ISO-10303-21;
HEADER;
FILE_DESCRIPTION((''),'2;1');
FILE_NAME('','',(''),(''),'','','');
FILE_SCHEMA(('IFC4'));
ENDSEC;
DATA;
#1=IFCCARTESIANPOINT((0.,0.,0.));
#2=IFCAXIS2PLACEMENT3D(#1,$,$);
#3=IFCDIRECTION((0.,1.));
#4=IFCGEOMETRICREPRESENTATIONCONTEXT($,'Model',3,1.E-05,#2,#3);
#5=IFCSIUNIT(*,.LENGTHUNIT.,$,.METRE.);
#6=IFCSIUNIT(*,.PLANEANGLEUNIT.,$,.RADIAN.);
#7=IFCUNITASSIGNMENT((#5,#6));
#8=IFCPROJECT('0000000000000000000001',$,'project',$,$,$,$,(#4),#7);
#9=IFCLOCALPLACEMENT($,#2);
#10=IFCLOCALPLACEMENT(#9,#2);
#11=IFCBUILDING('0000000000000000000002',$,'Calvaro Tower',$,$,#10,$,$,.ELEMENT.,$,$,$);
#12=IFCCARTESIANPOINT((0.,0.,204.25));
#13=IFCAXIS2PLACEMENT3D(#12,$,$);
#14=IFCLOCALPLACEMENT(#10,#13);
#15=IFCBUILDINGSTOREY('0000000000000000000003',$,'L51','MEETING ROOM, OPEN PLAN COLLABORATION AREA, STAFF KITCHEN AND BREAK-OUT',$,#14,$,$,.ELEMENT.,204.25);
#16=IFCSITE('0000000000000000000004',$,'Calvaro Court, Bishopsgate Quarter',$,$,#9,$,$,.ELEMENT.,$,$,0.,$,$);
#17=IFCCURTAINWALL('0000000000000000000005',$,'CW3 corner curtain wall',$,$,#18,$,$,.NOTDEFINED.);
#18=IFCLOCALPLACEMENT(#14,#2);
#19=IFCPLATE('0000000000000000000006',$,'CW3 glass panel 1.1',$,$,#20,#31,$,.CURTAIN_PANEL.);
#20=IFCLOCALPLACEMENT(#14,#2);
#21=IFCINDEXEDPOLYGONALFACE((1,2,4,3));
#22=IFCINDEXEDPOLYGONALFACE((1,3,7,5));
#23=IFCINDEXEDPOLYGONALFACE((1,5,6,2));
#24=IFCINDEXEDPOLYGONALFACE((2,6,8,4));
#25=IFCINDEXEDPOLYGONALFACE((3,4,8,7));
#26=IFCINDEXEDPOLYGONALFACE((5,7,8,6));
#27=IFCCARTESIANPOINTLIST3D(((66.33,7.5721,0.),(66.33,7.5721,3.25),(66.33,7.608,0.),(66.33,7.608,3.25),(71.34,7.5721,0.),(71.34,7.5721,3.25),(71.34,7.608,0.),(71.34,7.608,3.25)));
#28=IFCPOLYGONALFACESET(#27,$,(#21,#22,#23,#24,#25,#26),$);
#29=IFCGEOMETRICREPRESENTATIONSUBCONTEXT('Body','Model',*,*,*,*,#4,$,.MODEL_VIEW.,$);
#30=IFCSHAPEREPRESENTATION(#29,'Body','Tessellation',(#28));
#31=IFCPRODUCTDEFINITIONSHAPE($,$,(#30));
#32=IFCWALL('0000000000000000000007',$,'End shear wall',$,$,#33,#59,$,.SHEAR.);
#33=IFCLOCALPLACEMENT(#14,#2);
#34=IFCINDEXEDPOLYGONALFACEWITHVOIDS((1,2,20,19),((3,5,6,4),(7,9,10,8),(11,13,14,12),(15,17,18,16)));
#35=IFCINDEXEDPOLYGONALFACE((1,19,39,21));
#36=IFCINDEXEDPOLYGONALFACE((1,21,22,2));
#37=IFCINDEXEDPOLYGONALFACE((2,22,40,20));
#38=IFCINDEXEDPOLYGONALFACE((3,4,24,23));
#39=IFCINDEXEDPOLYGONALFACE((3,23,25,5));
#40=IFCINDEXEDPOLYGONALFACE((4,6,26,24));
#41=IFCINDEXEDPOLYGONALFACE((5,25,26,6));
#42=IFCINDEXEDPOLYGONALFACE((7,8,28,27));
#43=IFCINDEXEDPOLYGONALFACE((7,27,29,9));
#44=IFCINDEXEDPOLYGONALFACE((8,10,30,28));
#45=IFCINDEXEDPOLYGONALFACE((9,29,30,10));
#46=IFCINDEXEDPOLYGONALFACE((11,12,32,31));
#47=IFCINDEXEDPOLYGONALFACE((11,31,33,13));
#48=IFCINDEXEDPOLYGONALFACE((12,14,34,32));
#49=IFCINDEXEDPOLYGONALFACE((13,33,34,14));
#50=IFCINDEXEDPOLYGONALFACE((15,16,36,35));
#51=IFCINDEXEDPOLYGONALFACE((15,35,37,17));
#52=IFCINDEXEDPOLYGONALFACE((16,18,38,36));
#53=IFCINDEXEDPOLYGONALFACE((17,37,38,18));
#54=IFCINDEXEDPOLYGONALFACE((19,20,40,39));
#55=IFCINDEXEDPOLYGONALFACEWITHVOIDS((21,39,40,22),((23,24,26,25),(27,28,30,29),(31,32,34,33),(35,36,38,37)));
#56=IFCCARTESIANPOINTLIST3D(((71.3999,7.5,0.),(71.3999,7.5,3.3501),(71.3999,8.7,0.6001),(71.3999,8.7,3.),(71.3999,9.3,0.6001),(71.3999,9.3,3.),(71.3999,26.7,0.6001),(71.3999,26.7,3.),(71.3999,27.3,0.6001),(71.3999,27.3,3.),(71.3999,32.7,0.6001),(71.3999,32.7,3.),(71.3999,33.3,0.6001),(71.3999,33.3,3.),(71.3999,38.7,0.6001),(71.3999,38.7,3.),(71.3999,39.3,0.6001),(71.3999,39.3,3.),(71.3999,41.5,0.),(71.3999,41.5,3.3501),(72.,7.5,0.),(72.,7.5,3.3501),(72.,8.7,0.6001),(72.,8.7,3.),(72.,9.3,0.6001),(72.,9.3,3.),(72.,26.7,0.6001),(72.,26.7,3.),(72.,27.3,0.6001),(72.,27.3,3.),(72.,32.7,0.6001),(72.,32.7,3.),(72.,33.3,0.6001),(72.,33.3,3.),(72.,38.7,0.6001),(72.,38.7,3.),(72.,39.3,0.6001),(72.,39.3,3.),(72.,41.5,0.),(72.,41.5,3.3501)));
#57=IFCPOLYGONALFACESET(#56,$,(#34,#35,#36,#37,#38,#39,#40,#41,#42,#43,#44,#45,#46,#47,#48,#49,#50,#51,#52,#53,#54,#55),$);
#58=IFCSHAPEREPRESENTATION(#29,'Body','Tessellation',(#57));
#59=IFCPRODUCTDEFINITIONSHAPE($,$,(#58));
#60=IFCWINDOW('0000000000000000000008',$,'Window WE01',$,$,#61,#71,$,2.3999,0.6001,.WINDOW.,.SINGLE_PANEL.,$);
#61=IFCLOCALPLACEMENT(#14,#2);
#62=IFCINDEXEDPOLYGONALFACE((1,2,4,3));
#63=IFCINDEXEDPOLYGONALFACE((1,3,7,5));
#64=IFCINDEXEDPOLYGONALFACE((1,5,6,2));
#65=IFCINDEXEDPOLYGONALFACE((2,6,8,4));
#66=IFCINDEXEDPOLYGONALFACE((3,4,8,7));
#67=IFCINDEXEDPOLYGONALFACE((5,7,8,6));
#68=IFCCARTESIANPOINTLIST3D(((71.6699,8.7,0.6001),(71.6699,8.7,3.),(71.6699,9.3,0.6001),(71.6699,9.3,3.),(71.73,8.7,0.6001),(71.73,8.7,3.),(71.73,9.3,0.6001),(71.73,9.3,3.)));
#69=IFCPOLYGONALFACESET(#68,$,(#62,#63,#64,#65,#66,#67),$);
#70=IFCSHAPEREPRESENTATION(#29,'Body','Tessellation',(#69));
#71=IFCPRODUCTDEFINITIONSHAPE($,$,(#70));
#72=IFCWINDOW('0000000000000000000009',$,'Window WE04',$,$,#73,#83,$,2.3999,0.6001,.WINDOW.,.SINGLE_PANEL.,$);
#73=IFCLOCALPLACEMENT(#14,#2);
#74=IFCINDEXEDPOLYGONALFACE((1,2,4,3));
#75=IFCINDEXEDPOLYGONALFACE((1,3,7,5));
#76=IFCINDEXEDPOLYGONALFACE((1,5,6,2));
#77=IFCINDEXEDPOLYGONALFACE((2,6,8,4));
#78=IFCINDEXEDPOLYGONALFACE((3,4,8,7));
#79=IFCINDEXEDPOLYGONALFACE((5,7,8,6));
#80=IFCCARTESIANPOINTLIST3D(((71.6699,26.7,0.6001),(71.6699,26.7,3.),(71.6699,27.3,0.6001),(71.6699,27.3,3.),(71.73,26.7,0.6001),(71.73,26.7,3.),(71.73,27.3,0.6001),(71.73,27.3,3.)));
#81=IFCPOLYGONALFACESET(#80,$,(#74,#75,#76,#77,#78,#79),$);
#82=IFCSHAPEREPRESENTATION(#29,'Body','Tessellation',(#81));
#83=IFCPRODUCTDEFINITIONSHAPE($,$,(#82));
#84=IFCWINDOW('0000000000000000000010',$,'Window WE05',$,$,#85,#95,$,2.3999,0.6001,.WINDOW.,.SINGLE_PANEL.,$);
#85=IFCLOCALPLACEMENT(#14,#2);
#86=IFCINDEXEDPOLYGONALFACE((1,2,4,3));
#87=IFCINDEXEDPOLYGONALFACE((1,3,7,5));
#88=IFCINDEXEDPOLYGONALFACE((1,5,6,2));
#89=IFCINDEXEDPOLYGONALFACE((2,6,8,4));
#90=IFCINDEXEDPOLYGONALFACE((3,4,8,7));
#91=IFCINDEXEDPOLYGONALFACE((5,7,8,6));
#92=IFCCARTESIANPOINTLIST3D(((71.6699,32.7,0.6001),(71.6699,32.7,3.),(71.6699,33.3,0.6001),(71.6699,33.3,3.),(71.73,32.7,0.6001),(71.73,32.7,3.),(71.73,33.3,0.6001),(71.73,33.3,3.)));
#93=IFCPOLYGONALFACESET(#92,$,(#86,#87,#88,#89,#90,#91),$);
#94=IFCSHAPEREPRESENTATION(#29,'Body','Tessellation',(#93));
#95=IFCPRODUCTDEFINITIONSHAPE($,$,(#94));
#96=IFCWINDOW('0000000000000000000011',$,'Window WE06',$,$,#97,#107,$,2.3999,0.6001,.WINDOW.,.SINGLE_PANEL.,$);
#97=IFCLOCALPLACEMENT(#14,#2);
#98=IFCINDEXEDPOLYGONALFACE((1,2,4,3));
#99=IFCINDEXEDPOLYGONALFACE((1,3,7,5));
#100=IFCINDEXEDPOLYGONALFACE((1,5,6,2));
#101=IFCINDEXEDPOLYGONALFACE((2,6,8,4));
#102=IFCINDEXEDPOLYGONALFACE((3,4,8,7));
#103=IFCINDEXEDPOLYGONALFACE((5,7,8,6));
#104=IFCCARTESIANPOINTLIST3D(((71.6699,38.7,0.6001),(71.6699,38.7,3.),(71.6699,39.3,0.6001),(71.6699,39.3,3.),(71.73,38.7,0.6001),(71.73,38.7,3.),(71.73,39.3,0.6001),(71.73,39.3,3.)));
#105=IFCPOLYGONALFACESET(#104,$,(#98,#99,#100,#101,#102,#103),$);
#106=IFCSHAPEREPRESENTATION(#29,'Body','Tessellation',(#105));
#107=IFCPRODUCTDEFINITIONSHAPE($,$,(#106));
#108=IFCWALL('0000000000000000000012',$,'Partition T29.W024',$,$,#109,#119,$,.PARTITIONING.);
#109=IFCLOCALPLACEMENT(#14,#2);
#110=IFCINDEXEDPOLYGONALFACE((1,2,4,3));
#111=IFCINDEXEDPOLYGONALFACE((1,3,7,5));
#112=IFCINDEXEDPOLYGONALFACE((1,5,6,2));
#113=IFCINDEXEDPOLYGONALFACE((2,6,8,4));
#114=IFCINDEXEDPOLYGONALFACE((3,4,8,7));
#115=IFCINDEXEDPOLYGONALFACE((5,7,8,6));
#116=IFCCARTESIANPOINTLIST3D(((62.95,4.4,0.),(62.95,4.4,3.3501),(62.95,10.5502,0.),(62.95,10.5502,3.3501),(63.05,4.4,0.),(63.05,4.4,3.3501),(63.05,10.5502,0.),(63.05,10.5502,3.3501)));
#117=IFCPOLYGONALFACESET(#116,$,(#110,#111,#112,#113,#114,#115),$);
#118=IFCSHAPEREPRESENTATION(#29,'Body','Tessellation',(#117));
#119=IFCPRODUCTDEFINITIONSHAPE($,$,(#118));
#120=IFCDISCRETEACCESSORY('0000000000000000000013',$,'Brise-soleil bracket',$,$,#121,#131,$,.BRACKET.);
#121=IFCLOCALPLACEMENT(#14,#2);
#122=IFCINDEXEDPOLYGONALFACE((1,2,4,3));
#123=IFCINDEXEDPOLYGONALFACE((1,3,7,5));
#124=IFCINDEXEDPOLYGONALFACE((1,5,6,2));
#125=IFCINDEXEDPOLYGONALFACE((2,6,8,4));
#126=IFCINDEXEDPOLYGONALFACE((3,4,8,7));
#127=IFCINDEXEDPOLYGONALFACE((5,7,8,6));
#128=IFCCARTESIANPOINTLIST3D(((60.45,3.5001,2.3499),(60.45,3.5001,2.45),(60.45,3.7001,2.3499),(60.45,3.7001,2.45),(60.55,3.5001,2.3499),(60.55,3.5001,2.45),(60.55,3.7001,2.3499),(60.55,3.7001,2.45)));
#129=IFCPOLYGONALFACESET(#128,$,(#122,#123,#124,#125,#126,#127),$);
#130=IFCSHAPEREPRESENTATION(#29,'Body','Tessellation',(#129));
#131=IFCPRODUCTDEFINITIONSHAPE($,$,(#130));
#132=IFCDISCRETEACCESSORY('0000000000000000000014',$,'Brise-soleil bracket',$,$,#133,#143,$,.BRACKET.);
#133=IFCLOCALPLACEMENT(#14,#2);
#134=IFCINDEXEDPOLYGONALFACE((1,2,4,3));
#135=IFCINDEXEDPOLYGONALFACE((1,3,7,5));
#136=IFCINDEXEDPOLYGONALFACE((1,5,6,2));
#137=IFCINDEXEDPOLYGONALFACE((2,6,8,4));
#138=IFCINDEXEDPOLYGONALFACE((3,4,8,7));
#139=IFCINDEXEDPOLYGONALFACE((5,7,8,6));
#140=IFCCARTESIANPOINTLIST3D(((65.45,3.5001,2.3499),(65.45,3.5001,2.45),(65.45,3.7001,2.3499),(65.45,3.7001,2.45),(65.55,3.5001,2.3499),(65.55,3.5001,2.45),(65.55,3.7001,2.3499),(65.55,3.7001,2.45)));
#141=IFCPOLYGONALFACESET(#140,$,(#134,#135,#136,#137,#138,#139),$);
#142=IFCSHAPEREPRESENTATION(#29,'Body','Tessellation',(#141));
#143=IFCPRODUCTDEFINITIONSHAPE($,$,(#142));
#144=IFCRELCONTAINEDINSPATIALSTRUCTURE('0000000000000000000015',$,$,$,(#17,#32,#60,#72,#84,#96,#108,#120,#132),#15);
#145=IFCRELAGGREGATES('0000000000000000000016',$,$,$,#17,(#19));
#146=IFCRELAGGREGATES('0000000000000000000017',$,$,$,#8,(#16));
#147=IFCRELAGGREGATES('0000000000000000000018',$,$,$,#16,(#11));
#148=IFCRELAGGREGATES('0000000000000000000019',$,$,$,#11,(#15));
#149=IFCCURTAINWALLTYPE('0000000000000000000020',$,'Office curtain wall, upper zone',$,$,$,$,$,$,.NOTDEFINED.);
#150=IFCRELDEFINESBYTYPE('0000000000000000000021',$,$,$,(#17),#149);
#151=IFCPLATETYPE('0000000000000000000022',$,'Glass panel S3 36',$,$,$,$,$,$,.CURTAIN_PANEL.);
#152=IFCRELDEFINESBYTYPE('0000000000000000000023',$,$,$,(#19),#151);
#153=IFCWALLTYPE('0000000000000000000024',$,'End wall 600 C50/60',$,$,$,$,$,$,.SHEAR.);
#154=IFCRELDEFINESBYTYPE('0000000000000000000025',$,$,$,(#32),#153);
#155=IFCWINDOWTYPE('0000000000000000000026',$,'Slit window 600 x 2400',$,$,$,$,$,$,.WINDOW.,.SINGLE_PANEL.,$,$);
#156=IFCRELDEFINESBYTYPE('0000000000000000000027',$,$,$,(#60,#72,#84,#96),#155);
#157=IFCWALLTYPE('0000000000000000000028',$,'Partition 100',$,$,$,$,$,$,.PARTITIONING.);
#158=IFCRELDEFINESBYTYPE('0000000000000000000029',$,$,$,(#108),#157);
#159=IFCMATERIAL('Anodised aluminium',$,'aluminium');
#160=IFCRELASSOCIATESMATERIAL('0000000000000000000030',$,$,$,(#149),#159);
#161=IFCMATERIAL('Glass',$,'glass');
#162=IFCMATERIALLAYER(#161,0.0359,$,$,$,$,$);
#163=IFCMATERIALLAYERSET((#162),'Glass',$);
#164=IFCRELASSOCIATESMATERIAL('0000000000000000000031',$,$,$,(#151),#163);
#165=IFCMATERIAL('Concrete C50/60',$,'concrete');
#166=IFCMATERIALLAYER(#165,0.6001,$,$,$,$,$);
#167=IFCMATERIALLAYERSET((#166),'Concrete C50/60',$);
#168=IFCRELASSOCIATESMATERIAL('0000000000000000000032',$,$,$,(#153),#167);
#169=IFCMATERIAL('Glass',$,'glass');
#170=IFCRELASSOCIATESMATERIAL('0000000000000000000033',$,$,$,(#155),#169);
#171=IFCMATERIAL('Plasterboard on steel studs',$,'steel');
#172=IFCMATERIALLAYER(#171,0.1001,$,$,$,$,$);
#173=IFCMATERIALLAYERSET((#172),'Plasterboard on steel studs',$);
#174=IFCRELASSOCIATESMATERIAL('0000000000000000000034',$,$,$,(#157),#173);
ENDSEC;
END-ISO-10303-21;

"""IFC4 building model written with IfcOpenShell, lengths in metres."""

from ifc_helpers import new_model, si_unit, direction, frame, frame_2d, origin, origin_2d, place, context, subcontext, project, spatial, rectangle, extrude, material, layer, layer_set, type_object, element, fill, aggregate, save


model = new_model("IFC4")

# Units and contexts
model_context = context("Model", 3, precision=1e-05, world=origin(), true_north=direction((0.0, 1.0)))
body_context = subcontext(model_context, "Body", "Model", "MODEL_VIEW")
ifc_project = project(units=[si_unit("LENGTHUNIT", "METRE"), si_unit("PLANEANGLEUNIT", "RADIAN")], contexts=[model_context])

# Site, building, storey
site_placement = place(None, origin())
site = spatial("IfcSite", under=ifc_project, at=site_placement, Name="Calvaro Court, Bishopsgate Quarter", CompositionType="ELEMENT", RefElevation=0.0)
building_placement = place(site_placement, origin())
building = spatial("IfcBuilding", under=site, at=building_placement, Name="Calvaro Tower", CompositionType="ELEMENT")
storey_placement = place(building_placement, frame((0.0, 0.0, 204.25)))
storey = spatial("IfcBuildingStorey", under=building, at=storey_placement, Name="L51", Description="MEETING ROOM, OPEN PLAN COLLABORATION AREA, STAFF KITCHEN AND BREAK-OUT", CompositionType="ELEMENT", Elevation=204.25)

# Curtain wall
ifc_material_1 = material(Name="Anodised aluminium", Category="aluminium")
curtain_wall_type = type_object("IfcCurtainWallType", Name="Office curtain wall, upper zone", PredefinedType="NOTDEFINED", material=ifc_material_1)
curtain_wall_1_placement = place(storey_placement, origin())
curtain_wall_1 = element("IfcCurtainWall", 1, at=curtain_wall_1_placement, inside=storey, type_object=curtain_wall_type, Name="CW3 corner curtain wall", PredefinedType="NOTDEFINED")

# Plate
ifc_material_2 = material(Name="Glass", Category="glass")
ifc_layer_1 = layer(ifc_material_2, 0.0359)
ifc_layer_set_1 = layer_set([ifc_layer_1], Name="Glass")
plate_type = type_object("IfcPlateType", Name="Glass panel S3 36", PredefinedType="CURTAIN_PANEL", material=ifc_layer_set_1)
plate_1_placement = place(storey_placement, frame((68.835, 7.5901, 0.0), z_axis=(0.0, 0.0, 1.0), x_axis=(1.0, 0.0, 0.0)))
plate_1 = element("IfcPlate", 2, at=plate_1_placement, type_object=plate_type, Name="CW3 glass panel 1.1", PredefinedType="CURTAIN_PANEL", context=body_context, shape_type="SweptSolid", body=[
    extrude(rectangle(XDim=5.01, YDim=0.0359, at=origin_2d()), origin(), (0.0, 0.0, 1.0), 3.25),
])
aggregate(curtain_wall_1, [plate_1])

# Wall, openings, windows
ifc_material_3 = material(Name="Concrete C50/60", Category="concrete")
ifc_layer_2 = layer(ifc_material_3, 0.6001)
ifc_layer_set_2 = layer_set([ifc_layer_2], Name="Concrete C50/60")
wall_type_1 = type_object("IfcWallType", Name="End wall 600 C50/60", PredefinedType="SHEAR", material=ifc_layer_set_2)
wall_1_placement = place(storey_placement, frame((71.7, 7.5, 0.0), z_axis=(0.0, 0.0, 1.0), x_axis=(0.0, 1.0, 0.0)))
wall_1 = element("IfcWall", 3, at=wall_1_placement, inside=storey, type_object=wall_type_1, Name="End shear wall", PredefinedType="SHEAR", context=body_context, shape_type="SweptSolid", body=[
    extrude(rectangle(XDim=34.0, YDim=0.6001, at=frame_2d((17.0, 0.0))), origin(), (0.0, 0.0, 1.0), 3.3501),
])
opening_1_placement = place(wall_1_placement, frame((1.2, 0.0, 0.6001)))
opening_1 = element("IfcOpeningElement", 4, at=opening_1_placement, cuts=wall_1, PredefinedType="OPENING", context=body_context, shape_type="SweptSolid", body=[
    extrude(rectangle(XDim=0.6001, YDim=2.3999, at=frame_2d((0.3, 1.2))), frame((0.0, 0.3101, 0.0), z_axis=(0.0, -1.0, 0.0), x_axis=(1.0, 0.0, 0.0)), (0.0, 0.0, 1.0), 0.6201),
])
opening_2_placement = place(wall_1_placement, frame((19.2, 0.0, 0.6001)))
opening_2 = element("IfcOpeningElement", 5, at=opening_2_placement, cuts=wall_1, PredefinedType="OPENING", context=body_context, shape_type="SweptSolid", body=[
    extrude(rectangle(XDim=0.6001, YDim=2.3999, at=frame_2d((0.3, 1.2))), frame((0.0, 0.3101, 0.0), z_axis=(0.0, -1.0, 0.0), x_axis=(1.0, 0.0, 0.0)), (0.0, 0.0, 1.0), 0.6201),
])
opening_3_placement = place(wall_1_placement, frame((25.2, 0.0, 0.6001)))
opening_3 = element("IfcOpeningElement", 6, at=opening_3_placement, cuts=wall_1, PredefinedType="OPENING", context=body_context, shape_type="SweptSolid", body=[
    extrude(rectangle(XDim=0.6001, YDim=2.3999, at=frame_2d((0.3, 1.2))), frame((0.0, 0.3101, 0.0), z_axis=(0.0, -1.0, 0.0), x_axis=(1.0, 0.0, 0.0)), (0.0, 0.0, 1.0), 0.6201),
])
opening_4_placement = place(wall_1_placement, frame((31.2, 0.0, 0.6001)))
opening_4 = element("IfcOpeningElement", 7, at=opening_4_placement, cuts=wall_1, PredefinedType="OPENING", context=body_context, shape_type="SweptSolid", body=[
    extrude(rectangle(XDim=0.6001, YDim=2.3999, at=frame_2d((0.3, 1.2))), frame((0.0, 0.3101, 0.0), z_axis=(0.0, -1.0, 0.0), x_axis=(1.0, 0.0, 0.0)), (0.0, 0.0, 1.0), 0.6201),
])
ifc_material_4 = material(Name="Glass", Category="glass")
window_type = type_object("IfcWindowType", Name="Slit window 600 x 2400", PartitioningType="SINGLE_PANEL", PredefinedType="WINDOW", material=ifc_material_4)
window_1_placement = place(opening_1_placement, origin())
window_1 = element("IfcWindow", 8, at=window_1_placement, inside=storey, type_object=window_type, Name="Window WE01", OverallHeight=2.3999, OverallWidth=0.6001, PartitioningType="SINGLE_PANEL", PredefinedType="WINDOW", context=body_context, shape_type="SweptSolid", body=[
    extrude(rectangle(XDim=0.6001, YDim=2.3999, at=frame_2d((0.3, 1.2))), frame((0.0, 0.03, 0.0), z_axis=(0.0, -1.0, 0.0), x_axis=(1.0, 0.0, 0.0)), (0.0, 0.0, 1.0), 0.0601),
])
fill(opening_1, window_1)
window_2_placement = place(opening_2_placement, origin())
window_2 = element("IfcWindow", 9, at=window_2_placement, inside=storey, type_object=window_type, Name="Window WE04", OverallHeight=2.3999, OverallWidth=0.6001, PartitioningType="SINGLE_PANEL", PredefinedType="WINDOW", context=body_context, shape_type="SweptSolid", body=[
    extrude(rectangle(XDim=0.6001, YDim=2.3999, at=frame_2d((0.3, 1.2))), frame((0.0, 0.03, 0.0), z_axis=(0.0, -1.0, 0.0), x_axis=(1.0, 0.0, 0.0)), (0.0, 0.0, 1.0), 0.0601),
])
fill(opening_2, window_2)
window_3_placement = place(opening_3_placement, origin())
window_3 = element("IfcWindow", 10, at=window_3_placement, inside=storey, type_object=window_type, Name="Window WE05", OverallHeight=2.3999, OverallWidth=0.6001, PartitioningType="SINGLE_PANEL", PredefinedType="WINDOW", context=body_context, shape_type="SweptSolid", body=[
    extrude(rectangle(XDim=0.6001, YDim=2.3999, at=frame_2d((0.3, 1.2))), frame((0.0, 0.03, 0.0), z_axis=(0.0, -1.0, 0.0), x_axis=(1.0, 0.0, 0.0)), (0.0, 0.0, 1.0), 0.0601),
])
fill(opening_3, window_3)
window_4_placement = place(opening_4_placement, origin())
window_4 = element("IfcWindow", 11, at=window_4_placement, inside=storey, type_object=window_type, Name="Window WE06", OverallHeight=2.3999, OverallWidth=0.6001, PartitioningType="SINGLE_PANEL", PredefinedType="WINDOW", context=body_context, shape_type="SweptSolid", body=[
    extrude(rectangle(XDim=0.6001, YDim=2.3999, at=frame_2d((0.3, 1.2))), frame((0.0, 0.03, 0.0), z_axis=(0.0, -1.0, 0.0), x_axis=(1.0, 0.0, 0.0)), (0.0, 0.0, 1.0), 0.0601),
])
fill(opening_4, window_4)

# Wall
ifc_material_5 = material(Name="Plasterboard on steel studs", Category="steel")
ifc_layer_3 = layer(ifc_material_5, 0.1001)
ifc_layer_set_3 = layer_set([ifc_layer_3], Name="Plasterboard on steel studs")
wall_type_2 = type_object("IfcWallType", Name="Partition 100", PredefinedType="PARTITIONING", material=ifc_layer_set_3)
wall_2_placement = place(storey_placement, frame((63.0, 4.3999, 0.0), z_axis=(0.0, 0.0, 1.0), x_axis=(0.0, 1.0, 0.0)))
element("IfcWall", 12, at=wall_2_placement, inside=storey, type_object=wall_type_2, Name="Partition T29.W024", PredefinedType="PARTITIONING", context=body_context, shape_type="SweptSolid", body=[
    extrude(rectangle(XDim=6.1501, YDim=0.1001, at=frame_2d((3.0752, 0.0))), origin(), (0.0, 0.0, 1.0), 3.3501),
])

# Discrete accessories
for number, where, z_axis, x_axis, name in (
    (13, (60.5, 3.6001, 2.3499), (0.0, 0.0, 1.0), (1.0, 0.0, 0.0), "Brise-soleil bracket"),
    (14, (65.5, 3.6001, 2.3499), (0.0, 0.0, 1.0), (1.0, 0.0, 0.0), "Brise-soleil bracket"),
):
    element("IfcDiscreteAccessory", number, at=place(storey_placement, frame(where, z_axis=z_axis, x_axis=x_axis)), inside=storey, Name=name, PredefinedType="BRACKET", context=body_context, shape_type="SweptSolid", body=[
        extrude(rectangle(XDim=0.1001, YDim=0.2, at=origin_2d()), origin(), (0.0, 0.0, 1.0), 0.1001),
    ])

save(model, "model.ifc")
